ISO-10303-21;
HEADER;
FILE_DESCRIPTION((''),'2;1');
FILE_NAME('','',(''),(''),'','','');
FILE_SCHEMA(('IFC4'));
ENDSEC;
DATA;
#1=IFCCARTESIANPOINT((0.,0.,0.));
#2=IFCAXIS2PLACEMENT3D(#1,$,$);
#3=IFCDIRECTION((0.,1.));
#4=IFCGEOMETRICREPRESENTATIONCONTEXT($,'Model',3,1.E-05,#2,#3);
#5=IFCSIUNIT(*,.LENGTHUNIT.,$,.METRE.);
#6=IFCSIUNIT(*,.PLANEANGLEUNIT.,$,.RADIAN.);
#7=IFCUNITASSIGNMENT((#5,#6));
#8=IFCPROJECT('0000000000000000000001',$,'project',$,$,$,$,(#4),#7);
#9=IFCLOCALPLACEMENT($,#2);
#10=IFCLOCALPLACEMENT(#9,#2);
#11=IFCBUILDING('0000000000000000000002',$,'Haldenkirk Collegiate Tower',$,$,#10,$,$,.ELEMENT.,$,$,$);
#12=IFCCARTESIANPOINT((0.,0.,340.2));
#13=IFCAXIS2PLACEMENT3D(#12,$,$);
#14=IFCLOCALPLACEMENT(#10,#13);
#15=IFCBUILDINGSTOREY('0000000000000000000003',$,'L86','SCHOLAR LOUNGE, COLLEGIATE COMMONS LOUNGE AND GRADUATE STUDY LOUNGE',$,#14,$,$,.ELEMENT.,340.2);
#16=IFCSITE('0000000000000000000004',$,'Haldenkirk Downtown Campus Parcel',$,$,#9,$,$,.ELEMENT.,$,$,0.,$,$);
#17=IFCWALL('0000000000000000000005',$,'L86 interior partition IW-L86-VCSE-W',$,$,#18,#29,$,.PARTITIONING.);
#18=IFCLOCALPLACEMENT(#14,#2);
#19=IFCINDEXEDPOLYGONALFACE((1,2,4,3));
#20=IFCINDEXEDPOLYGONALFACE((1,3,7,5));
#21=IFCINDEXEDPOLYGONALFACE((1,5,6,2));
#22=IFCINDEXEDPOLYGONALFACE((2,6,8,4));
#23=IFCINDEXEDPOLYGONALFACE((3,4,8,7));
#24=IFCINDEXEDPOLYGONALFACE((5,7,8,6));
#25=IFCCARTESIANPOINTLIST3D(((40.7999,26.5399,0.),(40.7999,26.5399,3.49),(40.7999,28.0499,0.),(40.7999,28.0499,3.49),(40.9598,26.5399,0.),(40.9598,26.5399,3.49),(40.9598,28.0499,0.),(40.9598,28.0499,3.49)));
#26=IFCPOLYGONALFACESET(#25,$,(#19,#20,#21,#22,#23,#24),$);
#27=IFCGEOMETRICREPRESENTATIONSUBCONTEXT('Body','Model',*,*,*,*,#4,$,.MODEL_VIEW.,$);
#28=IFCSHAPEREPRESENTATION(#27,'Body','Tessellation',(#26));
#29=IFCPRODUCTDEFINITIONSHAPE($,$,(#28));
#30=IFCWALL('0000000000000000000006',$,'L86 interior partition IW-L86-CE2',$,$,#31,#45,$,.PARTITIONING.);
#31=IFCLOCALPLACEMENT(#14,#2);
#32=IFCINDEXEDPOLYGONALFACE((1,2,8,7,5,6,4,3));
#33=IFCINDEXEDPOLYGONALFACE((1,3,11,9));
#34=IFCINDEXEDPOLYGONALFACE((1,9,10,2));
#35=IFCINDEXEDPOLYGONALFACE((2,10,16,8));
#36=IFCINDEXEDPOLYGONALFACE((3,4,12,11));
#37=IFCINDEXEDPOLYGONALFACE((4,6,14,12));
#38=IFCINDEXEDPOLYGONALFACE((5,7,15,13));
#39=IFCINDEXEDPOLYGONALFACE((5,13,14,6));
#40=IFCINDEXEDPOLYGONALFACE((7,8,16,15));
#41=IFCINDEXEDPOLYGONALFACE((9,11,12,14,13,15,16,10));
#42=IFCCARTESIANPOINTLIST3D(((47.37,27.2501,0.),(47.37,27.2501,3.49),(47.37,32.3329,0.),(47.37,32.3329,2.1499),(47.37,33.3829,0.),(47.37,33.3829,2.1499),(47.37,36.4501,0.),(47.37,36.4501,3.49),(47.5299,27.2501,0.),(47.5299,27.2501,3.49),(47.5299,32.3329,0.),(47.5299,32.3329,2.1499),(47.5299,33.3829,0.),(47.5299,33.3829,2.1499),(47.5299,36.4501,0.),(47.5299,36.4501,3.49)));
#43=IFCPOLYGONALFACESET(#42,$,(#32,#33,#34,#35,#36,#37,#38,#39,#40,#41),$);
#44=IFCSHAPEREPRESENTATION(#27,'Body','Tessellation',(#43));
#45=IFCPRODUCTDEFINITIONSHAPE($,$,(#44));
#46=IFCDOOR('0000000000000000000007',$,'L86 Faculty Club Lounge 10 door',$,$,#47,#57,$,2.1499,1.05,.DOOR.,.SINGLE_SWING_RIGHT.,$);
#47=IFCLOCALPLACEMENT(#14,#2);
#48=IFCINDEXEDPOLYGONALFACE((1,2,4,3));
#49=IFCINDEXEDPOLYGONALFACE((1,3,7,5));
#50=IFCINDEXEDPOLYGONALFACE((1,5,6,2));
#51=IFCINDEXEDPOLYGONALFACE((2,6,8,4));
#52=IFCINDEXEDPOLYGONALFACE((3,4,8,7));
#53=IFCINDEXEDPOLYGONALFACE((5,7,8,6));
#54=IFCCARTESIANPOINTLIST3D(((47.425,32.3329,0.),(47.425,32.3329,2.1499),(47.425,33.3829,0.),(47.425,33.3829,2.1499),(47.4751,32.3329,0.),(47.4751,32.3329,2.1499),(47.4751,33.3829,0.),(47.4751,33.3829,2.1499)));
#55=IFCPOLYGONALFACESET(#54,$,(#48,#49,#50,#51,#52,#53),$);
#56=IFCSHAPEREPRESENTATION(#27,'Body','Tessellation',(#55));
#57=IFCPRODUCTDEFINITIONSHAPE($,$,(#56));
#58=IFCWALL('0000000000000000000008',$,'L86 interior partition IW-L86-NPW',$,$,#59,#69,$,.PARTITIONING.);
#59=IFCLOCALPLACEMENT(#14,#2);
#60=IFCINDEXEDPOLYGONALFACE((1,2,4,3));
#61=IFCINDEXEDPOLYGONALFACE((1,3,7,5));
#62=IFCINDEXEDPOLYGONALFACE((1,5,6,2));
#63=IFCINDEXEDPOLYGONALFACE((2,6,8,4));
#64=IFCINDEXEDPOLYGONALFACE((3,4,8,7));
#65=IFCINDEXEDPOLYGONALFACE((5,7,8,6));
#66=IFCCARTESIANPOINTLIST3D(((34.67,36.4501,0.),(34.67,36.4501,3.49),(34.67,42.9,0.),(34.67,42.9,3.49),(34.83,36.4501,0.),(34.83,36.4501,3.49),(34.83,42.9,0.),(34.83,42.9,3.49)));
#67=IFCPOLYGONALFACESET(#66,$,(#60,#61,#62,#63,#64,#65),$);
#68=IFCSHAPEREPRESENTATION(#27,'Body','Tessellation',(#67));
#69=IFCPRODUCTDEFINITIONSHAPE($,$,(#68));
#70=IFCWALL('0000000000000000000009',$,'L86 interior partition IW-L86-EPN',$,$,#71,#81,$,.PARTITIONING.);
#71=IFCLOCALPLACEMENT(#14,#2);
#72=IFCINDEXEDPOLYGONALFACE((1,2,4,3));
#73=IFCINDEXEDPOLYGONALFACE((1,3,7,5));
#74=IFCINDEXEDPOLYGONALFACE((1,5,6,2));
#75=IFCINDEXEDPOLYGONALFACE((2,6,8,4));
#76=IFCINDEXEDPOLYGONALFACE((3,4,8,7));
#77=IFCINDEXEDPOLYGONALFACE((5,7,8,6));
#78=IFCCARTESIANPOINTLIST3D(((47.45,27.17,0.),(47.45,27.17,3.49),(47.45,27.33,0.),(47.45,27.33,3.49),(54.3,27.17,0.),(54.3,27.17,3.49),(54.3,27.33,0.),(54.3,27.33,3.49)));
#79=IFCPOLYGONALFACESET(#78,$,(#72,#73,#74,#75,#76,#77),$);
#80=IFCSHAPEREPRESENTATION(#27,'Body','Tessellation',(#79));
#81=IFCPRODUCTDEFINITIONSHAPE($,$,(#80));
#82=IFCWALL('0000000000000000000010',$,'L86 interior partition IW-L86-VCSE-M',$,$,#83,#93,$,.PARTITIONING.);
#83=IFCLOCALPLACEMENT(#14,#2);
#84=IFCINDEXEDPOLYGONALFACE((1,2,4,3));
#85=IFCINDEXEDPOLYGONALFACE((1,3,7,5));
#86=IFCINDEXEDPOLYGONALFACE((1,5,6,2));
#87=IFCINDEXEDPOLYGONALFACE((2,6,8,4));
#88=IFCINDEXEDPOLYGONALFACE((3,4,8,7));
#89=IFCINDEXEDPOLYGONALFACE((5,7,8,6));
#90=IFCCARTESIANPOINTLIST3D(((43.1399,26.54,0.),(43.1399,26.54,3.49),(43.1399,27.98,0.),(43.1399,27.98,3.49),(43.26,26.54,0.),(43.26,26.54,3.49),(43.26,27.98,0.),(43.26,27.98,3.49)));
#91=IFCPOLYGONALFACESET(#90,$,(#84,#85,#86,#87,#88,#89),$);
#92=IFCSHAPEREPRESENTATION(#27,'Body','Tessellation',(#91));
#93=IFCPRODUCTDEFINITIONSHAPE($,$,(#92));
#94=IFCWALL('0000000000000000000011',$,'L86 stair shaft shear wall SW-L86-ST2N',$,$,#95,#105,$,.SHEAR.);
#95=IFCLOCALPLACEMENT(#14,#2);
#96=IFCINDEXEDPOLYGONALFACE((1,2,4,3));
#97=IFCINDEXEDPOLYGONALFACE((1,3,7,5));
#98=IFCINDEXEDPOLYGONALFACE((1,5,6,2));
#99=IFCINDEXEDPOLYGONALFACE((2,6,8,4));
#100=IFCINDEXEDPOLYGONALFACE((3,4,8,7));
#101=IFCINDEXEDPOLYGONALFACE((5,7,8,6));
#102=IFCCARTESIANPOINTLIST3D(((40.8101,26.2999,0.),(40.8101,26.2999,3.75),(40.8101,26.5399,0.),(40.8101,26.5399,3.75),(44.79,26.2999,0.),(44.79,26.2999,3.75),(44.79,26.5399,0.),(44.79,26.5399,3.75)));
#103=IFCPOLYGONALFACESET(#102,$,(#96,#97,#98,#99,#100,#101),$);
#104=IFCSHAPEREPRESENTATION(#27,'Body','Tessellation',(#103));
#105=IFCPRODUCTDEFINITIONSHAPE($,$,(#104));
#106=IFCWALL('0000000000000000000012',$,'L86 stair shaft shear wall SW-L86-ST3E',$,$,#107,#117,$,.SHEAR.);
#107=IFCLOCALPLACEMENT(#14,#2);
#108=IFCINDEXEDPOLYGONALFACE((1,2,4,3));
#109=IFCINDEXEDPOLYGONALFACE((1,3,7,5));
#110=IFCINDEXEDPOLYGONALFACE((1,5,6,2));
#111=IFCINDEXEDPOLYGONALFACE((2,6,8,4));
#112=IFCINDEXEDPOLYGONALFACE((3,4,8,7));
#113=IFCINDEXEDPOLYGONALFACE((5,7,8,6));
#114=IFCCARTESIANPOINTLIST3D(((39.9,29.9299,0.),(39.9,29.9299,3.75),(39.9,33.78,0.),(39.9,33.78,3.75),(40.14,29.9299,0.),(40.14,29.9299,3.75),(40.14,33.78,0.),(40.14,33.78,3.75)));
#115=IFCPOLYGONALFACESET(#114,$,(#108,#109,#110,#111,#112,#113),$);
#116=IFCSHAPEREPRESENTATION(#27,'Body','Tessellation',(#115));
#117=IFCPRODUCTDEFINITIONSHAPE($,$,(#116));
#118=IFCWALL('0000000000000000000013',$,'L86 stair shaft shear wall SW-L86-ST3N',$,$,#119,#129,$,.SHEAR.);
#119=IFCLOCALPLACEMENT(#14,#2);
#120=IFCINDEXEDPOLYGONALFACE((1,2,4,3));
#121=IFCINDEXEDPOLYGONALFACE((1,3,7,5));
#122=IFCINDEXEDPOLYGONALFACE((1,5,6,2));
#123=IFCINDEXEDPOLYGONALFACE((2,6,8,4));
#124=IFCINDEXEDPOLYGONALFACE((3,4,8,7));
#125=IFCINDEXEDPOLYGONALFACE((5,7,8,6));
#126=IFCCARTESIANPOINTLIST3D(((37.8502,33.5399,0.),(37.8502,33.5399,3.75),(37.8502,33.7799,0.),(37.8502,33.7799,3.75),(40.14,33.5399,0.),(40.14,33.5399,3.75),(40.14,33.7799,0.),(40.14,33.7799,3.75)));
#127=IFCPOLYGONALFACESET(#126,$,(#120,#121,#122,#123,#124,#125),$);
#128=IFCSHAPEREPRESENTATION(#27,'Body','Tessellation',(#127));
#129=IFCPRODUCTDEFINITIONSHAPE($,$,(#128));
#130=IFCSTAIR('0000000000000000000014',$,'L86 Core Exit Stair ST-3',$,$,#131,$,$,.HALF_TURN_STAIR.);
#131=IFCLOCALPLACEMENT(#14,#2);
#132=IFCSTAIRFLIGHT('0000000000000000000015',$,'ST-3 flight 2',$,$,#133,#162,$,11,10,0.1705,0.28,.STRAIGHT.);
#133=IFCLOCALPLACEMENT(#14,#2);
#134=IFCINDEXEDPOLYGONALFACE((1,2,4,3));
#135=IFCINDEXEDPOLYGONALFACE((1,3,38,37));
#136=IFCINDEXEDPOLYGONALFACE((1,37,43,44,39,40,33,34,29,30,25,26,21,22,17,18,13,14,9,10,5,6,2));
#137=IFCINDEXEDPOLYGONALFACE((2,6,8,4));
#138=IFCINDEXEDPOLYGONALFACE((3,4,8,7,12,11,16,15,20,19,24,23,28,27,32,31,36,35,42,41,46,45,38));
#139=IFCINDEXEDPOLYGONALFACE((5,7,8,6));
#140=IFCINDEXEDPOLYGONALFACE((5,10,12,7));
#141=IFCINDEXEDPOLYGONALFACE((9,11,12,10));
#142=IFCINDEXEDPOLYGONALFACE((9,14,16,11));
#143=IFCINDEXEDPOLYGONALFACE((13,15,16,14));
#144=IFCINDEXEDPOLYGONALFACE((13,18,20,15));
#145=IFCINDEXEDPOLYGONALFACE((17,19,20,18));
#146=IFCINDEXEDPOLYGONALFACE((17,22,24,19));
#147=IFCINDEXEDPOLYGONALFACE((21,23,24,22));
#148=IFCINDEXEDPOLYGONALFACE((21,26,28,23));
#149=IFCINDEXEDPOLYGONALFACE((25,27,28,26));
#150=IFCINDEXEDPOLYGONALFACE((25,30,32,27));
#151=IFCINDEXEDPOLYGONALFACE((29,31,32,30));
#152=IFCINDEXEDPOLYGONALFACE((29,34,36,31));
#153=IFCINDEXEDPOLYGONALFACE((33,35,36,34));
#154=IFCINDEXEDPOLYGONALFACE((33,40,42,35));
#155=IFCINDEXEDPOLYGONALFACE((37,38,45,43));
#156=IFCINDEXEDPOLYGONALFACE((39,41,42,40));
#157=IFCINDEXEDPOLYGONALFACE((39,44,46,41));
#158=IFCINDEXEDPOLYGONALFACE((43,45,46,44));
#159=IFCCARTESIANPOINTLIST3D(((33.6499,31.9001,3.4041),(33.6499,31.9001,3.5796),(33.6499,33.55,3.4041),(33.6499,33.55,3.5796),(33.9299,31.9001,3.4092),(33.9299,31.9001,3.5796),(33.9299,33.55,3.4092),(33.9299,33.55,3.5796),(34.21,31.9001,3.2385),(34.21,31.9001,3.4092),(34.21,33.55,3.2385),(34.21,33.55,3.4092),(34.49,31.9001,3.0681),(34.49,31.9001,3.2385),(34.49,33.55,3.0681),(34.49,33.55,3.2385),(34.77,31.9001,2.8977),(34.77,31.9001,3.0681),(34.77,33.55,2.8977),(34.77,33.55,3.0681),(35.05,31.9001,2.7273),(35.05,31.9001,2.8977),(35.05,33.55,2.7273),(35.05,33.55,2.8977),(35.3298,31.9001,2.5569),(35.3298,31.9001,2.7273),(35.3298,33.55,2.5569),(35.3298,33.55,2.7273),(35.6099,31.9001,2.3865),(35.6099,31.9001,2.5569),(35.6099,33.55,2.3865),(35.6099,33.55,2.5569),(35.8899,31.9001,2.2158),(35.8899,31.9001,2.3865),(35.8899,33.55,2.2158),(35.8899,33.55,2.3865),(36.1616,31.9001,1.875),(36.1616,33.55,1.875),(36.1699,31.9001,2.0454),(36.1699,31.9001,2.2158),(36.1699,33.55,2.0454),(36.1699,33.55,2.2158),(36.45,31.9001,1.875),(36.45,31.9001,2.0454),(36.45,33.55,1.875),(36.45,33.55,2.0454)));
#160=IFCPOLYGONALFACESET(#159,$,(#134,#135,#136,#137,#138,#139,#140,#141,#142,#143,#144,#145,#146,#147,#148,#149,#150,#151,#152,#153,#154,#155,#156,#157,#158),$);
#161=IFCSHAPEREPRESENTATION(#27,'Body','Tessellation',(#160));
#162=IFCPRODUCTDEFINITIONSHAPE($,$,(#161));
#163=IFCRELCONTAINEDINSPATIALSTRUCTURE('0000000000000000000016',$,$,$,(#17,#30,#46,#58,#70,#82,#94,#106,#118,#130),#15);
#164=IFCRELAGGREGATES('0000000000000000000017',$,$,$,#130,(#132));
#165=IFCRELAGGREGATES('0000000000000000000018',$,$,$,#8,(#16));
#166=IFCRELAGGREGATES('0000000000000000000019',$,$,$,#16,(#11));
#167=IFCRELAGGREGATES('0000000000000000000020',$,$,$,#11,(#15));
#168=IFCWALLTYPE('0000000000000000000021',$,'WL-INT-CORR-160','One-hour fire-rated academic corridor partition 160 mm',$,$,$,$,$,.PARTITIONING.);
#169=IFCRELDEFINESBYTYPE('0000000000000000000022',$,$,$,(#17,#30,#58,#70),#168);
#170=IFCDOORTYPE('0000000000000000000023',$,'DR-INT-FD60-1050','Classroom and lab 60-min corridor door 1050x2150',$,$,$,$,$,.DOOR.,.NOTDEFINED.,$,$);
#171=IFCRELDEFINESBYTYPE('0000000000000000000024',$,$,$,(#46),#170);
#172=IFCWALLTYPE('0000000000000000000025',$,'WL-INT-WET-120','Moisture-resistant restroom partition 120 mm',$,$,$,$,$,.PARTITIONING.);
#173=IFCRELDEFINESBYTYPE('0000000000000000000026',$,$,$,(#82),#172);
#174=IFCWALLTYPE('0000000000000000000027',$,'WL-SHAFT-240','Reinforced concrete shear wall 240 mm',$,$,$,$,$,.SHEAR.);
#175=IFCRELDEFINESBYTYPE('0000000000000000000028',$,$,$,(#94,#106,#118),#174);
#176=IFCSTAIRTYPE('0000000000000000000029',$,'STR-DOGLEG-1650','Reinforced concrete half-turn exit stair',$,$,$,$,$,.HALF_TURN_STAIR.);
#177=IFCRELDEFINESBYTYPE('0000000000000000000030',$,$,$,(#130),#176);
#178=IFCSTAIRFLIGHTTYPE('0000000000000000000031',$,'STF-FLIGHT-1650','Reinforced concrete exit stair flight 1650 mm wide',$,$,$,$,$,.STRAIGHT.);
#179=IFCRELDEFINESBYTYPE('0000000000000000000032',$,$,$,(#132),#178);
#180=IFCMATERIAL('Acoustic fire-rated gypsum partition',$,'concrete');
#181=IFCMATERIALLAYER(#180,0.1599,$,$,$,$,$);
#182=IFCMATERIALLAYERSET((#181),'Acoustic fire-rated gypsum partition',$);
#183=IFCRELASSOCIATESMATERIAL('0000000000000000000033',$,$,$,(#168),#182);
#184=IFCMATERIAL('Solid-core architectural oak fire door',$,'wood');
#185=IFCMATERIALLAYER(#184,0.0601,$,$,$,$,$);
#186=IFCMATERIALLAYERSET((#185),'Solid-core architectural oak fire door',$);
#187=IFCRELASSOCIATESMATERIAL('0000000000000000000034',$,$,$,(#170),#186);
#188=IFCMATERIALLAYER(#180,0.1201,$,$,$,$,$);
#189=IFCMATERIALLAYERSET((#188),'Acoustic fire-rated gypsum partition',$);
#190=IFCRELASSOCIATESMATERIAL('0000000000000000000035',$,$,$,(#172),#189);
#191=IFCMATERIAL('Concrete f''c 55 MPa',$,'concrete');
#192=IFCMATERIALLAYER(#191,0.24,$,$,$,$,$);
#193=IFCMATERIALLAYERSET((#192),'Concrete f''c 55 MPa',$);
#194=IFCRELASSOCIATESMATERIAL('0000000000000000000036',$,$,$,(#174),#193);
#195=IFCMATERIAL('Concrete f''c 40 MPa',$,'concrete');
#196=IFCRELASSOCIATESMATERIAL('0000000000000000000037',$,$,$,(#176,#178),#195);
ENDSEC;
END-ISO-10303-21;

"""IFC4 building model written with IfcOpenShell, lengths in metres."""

from ifc_helpers import new_model, si_unit, direction, frame, frame_2d, origin, place, context, subcontext, project, spatial, polyline, rectangle, outline, extrude, material, layer, layer_set, type_object, element, fill, aggregate, save


model = new_model("IFC4")

# Units and contexts
model_context = context("Model", 3, precision=1e-05, world=origin(), true_north=direction((0.0, 1.0)))
body_context = subcontext(model_context, "Body", "Model", "MODEL_VIEW")
ifc_project = project(units=[si_unit("LENGTHUNIT", "METRE"), si_unit("PLANEANGLEUNIT", "RADIAN")], contexts=[model_context])

# Site, building, storey
site_placement = place(None, origin())
site = spatial("IfcSite", under=ifc_project, at=site_placement, Name="Haldenkirk Downtown Campus Parcel", CompositionType="ELEMENT", RefElevation=0.0)
building_placement = place(site_placement, origin())
building = spatial("IfcBuilding", under=site, at=building_placement, Name="Haldenkirk Collegiate Tower", CompositionType="ELEMENT")
storey_placement = place(building_placement, frame((0.0, 0.0, 340.2)))
storey = spatial("IfcBuildingStorey", under=building, at=storey_placement, Name="L86", Description="SCHOLAR LOUNGE, COLLEGIATE COMMONS LOUNGE AND GRADUATE STUDY LOUNGE", CompositionType="ELEMENT", Elevation=340.2)

# Shared definitions
ifc_material_1 = material(Name="Acoustic fire-rated gypsum partition", Category="concrete")
ifc_layer_1 = layer(ifc_material_1, 0.1599)
ifc_layer_set_1 = layer_set([ifc_layer_1], Name="Acoustic fire-rated gypsum partition")
wall_type_1 = type_object("IfcWallType", Name="WL-INT-CORR-160", Description="One-hour fire-rated academic corridor partition 160 mm", PredefinedType="PARTITIONING", material=ifc_layer_set_1)
ifc_material_2 = material(Name="Solid-core architectural oak fire door", Category="wood")

# Wall
wall_1_placement = place(storey_placement, frame((40.8799, 26.54, 0.0), z_axis=(0.0, 0.0, 1.0), x_axis=(0.0, 1.0, 0.0)))
element("IfcWall", 1, at=wall_1_placement, inside=storey, type_object=wall_type_1, Name="L86 interior partition IW-L86-VCSE-W", PredefinedType="PARTITIONING", context=body_context, shape_type="SweptSolid", body=[
    extrude(rectangle(XDim=1.51, YDim=0.1599, at=frame_2d((0.7549, 0.0))), origin(), (0.0, 0.0, 1.0), 3.49),
])

# Wall, opening, door
wall_2_placement = place(storey_placement, frame((47.45, 27.25, 0.0), z_axis=(0.0, 0.0, 1.0), x_axis=(0.0, 1.0, 0.0)))
wall_2 = element("IfcWall", 2, at=wall_2_placement, inside=storey, type_object=wall_type_1, Name="L86 interior partition IW-L86-CE2", PredefinedType="PARTITIONING", context=body_context, shape_type="SweptSolid", body=[
    extrude(rectangle(XDim=9.2, YDim=0.1599, at=frame_2d((4.6001, 0.0))), origin(), (0.0, 0.0, 1.0), 3.49),
])
opening_1_placement = place(wall_2_placement, frame((5.083, 0.0, 0.0)))
opening_1 = element("IfcOpeningElement", 3, at=opening_1_placement, cuts=wall_2, PredefinedType="OPENING", context=body_context, shape_type="SweptSolid", body=[
    extrude(rectangle(XDim=1.05, YDim=2.1499, at=frame_2d((0.5249, 1.075))), frame((0.0, 0.0898, 0.0), z_axis=(0.0, -1.0, 0.0), x_axis=(1.0, 0.0, 0.0)), (0.0, 0.0, 1.0), 0.1799),
])
ifc_layer_2 = layer(ifc_material_2, 0.0601)
ifc_layer_set_2 = layer_set([ifc_layer_2], Name="Solid-core architectural oak fire door")
door_type_1 = type_object("IfcDoorType", Name="DR-INT-FD60-1050", Description="Classroom and lab 60-min corridor door 1050x2150", OperationType="NOTDEFINED", PredefinedType="DOOR", material=ifc_layer_set_2)
door_1_placement = place(opening_1_placement, origin())
door_1 = element("IfcDoor", 4, at=door_1_placement, inside=storey, type_object=door_type_1, Name="L86 Faculty Club Lounge 10 door", OperationType="SINGLE_SWING_RIGHT", OverallHeight=2.1499, OverallWidth=1.05, PredefinedType="DOOR", context=body_context, shape_type="SweptSolid", body=[
    extrude(rectangle(XDim=1.05, YDim=2.1499, at=frame_2d((0.5249, 1.075))), frame((0.0, 0.0249, 0.0), z_axis=(0.0, -1.0, 0.0), x_axis=(1.0, 0.0, 0.0)), (0.0, 0.0, 1.0), 0.05),
])
fill(opening_1, door_1)

# Walls
wall_3_placement = place(storey_placement, frame((34.75, 36.45, 0.0), z_axis=(0.0, 0.0, 1.0), x_axis=(0.0, 1.0, 0.0)))
element("IfcWall", 5, at=wall_3_placement, inside=storey, type_object=wall_type_1, Name="L86 interior partition IW-L86-NPW", PredefinedType="PARTITIONING", context=body_context, shape_type="SweptSolid", body=[
    extrude(rectangle(XDim=6.45, YDim=0.1599, at=frame_2d((3.2251, 0.0))), origin(), (0.0, 0.0, 1.0), 3.49),
])
wall_4_placement = place(storey_placement, frame((47.45, 27.25, 0.0), z_axis=(0.0, 0.0, 1.0), x_axis=(1.0, 0.0, 0.0)))
element("IfcWall", 6, at=wall_4_placement, inside=storey, type_object=wall_type_1, Name="L86 interior partition IW-L86-EPN", PredefinedType="PARTITIONING", context=body_context, shape_type="SweptSolid", body=[
    extrude(rectangle(XDim=6.8501, YDim=0.1599, at=frame_2d((3.425, 0.0))), origin(), (0.0, 0.0, 1.0), 3.49),
])
ifc_layer_3 = layer(ifc_material_1, 0.1201)
ifc_layer_set_3 = layer_set([ifc_layer_3], Name="Acoustic fire-rated gypsum partition")
wall_type_2 = type_object("IfcWallType", Name="WL-INT-WET-120", Description="Moisture-resistant restroom partition 120 mm", PredefinedType="PARTITIONING", material=ifc_layer_set_3)
wall_5_placement = place(storey_placement, frame((43.2, 26.54, 0.0), z_axis=(0.0, 0.0, 1.0), x_axis=(0.0, 1.0, 0.0)))
element("IfcWall", 7, at=wall_5_placement, inside=storey, type_object=wall_type_2, Name="L86 interior partition IW-L86-VCSE-M", PredefinedType="PARTITIONING", context=body_context, shape_type="SweptSolid", body=[
    extrude(rectangle(XDim=1.4399, YDim=0.1201, at=frame_2d((0.72, 0.0))), origin(), (0.0, 0.0, 1.0), 3.49),
])
ifc_material_3 = material(Name="Concrete f'c 55 MPa", Category="concrete")
ifc_layer_4 = layer(ifc_material_3, 0.24)
ifc_layer_set_4 = layer_set([ifc_layer_4], Name="Concrete f'c 55 MPa")
wall_type_3 = type_object("IfcWallType", Name="WL-SHAFT-240", Description="Reinforced concrete shear wall 240 mm", PredefinedType="SHEAR", material=ifc_layer_set_4)
wall_6_placement = place(storey_placement, frame((40.8101, 26.4199, 0.0), z_axis=(0.0, 0.0, 1.0), x_axis=(1.0, 0.0, 0.0)))
element("IfcWall", 8, at=wall_6_placement, inside=storey, type_object=wall_type_3, Name="L86 stair shaft shear wall SW-L86-ST2N", PredefinedType="SHEAR", context=body_context, shape_type="SweptSolid", body=[
    extrude(rectangle(XDim=3.98, YDim=0.24, at=frame_2d((1.99, 0.0))), origin(), (0.0, 0.0, 1.0), 3.75),
])
wall_7_placement = place(storey_placement, frame((40.02, 29.9299, 0.0), z_axis=(0.0, 0.0, 1.0), x_axis=(0.0, 1.0, 0.0)))
element("IfcWall", 9, at=wall_7_placement, inside=storey, type_object=wall_type_3, Name="L86 stair shaft shear wall SW-L86-ST3E", PredefinedType="SHEAR", context=body_context, shape_type="SweptSolid", body=[
    extrude(rectangle(XDim=3.8501, YDim=0.24, at=frame_2d((1.925, 0.0))), origin(), (0.0, 0.0, 1.0), 3.75),
])
wall_8_placement = place(storey_placement, frame((37.8501, 33.6599, 0.0), z_axis=(0.0, 0.0, 1.0), x_axis=(1.0, 0.0, 0.0)))
element("IfcWall", 10, at=wall_8_placement, inside=storey, type_object=wall_type_3, Name="L86 stair shaft shear wall SW-L86-ST3N", PredefinedType="SHEAR", context=body_context, shape_type="SweptSolid", body=[
    extrude(rectangle(XDim=2.2898, YDim=0.24, at=frame_2d((1.145, 0.0))), origin(), (0.0, 0.0, 1.0), 3.75),
])

# Stair, stair flight
ifc_material_4 = material(Name="Concrete f'c 40 MPa", Category="concrete")
stair_type = type_object("IfcStairType", Name="STR-DOGLEG-1650", Description="Reinforced concrete half-turn exit stair", PredefinedType="HALF_TURN_STAIR", material=ifc_material_4)
stair_placement = place(storey_placement, origin())
stair = element("IfcStair", 11, at=stair_placement, inside=storey, type_object=stair_type, Name="L86 Core Exit Stair ST-3", PredefinedType="HALF_TURN_STAIR")
stair_flight_type = type_object("IfcStairFlightType", Name="STF-FLIGHT-1650", Description="Reinforced concrete exit stair flight 1650 mm wide", PredefinedType="STRAIGHT", material=ifc_material_4)
stair_flight_placement = place(storey_placement, frame((36.45, 32.7251, 1.875), z_axis=(0.0, 0.0, 1.0), x_axis=(-1.0, 0.0, 0.0)))
stair_flight = element("IfcStairFlight", 12, at=stair_flight_placement, type_object=stair_flight_type, Name="ST-3 flight 2", NumberOfRisers=11, NumberOfTreads=10, PredefinedType="STRAIGHT", RiserHeight=0.1705, TreadLength=0.28, context=body_context, shape_type="SweptSolid", body=[
    extrude(outline(polyline([(0.0, 0.0), (0.0, 0.1704), (0.28, 0.1704), (0.28, 0.3408), (0.5601, 0.3408), (0.5601, 0.5115), (0.8401, 0.5115), (0.8401, 0.6819), (1.1201, 0.6819), (1.1201, 0.8523), (1.3999, 0.8523), (1.3999, 1.0227), (1.6799, 1.0227), (1.6799, 1.1931), (1.96, 1.1931), (1.96, 1.3635), (2.24, 1.3635), (2.24, 1.5342), (2.52, 1.5342), (2.52, 1.7046), (2.8, 1.7046), (2.8, 1.875), (2.8, 1.5291), (0.2883, 0.0), (0.0, 0.0)])), frame((0.0, 0.825, 0.0), z_axis=(0.0, -1.0, 0.0), x_axis=(1.0, 0.0, 0.0)), (0.0, 0.0, 1.0), 1.6499),
])
aggregate(stair, [stair_flight])

save(model, "model.ifc")
